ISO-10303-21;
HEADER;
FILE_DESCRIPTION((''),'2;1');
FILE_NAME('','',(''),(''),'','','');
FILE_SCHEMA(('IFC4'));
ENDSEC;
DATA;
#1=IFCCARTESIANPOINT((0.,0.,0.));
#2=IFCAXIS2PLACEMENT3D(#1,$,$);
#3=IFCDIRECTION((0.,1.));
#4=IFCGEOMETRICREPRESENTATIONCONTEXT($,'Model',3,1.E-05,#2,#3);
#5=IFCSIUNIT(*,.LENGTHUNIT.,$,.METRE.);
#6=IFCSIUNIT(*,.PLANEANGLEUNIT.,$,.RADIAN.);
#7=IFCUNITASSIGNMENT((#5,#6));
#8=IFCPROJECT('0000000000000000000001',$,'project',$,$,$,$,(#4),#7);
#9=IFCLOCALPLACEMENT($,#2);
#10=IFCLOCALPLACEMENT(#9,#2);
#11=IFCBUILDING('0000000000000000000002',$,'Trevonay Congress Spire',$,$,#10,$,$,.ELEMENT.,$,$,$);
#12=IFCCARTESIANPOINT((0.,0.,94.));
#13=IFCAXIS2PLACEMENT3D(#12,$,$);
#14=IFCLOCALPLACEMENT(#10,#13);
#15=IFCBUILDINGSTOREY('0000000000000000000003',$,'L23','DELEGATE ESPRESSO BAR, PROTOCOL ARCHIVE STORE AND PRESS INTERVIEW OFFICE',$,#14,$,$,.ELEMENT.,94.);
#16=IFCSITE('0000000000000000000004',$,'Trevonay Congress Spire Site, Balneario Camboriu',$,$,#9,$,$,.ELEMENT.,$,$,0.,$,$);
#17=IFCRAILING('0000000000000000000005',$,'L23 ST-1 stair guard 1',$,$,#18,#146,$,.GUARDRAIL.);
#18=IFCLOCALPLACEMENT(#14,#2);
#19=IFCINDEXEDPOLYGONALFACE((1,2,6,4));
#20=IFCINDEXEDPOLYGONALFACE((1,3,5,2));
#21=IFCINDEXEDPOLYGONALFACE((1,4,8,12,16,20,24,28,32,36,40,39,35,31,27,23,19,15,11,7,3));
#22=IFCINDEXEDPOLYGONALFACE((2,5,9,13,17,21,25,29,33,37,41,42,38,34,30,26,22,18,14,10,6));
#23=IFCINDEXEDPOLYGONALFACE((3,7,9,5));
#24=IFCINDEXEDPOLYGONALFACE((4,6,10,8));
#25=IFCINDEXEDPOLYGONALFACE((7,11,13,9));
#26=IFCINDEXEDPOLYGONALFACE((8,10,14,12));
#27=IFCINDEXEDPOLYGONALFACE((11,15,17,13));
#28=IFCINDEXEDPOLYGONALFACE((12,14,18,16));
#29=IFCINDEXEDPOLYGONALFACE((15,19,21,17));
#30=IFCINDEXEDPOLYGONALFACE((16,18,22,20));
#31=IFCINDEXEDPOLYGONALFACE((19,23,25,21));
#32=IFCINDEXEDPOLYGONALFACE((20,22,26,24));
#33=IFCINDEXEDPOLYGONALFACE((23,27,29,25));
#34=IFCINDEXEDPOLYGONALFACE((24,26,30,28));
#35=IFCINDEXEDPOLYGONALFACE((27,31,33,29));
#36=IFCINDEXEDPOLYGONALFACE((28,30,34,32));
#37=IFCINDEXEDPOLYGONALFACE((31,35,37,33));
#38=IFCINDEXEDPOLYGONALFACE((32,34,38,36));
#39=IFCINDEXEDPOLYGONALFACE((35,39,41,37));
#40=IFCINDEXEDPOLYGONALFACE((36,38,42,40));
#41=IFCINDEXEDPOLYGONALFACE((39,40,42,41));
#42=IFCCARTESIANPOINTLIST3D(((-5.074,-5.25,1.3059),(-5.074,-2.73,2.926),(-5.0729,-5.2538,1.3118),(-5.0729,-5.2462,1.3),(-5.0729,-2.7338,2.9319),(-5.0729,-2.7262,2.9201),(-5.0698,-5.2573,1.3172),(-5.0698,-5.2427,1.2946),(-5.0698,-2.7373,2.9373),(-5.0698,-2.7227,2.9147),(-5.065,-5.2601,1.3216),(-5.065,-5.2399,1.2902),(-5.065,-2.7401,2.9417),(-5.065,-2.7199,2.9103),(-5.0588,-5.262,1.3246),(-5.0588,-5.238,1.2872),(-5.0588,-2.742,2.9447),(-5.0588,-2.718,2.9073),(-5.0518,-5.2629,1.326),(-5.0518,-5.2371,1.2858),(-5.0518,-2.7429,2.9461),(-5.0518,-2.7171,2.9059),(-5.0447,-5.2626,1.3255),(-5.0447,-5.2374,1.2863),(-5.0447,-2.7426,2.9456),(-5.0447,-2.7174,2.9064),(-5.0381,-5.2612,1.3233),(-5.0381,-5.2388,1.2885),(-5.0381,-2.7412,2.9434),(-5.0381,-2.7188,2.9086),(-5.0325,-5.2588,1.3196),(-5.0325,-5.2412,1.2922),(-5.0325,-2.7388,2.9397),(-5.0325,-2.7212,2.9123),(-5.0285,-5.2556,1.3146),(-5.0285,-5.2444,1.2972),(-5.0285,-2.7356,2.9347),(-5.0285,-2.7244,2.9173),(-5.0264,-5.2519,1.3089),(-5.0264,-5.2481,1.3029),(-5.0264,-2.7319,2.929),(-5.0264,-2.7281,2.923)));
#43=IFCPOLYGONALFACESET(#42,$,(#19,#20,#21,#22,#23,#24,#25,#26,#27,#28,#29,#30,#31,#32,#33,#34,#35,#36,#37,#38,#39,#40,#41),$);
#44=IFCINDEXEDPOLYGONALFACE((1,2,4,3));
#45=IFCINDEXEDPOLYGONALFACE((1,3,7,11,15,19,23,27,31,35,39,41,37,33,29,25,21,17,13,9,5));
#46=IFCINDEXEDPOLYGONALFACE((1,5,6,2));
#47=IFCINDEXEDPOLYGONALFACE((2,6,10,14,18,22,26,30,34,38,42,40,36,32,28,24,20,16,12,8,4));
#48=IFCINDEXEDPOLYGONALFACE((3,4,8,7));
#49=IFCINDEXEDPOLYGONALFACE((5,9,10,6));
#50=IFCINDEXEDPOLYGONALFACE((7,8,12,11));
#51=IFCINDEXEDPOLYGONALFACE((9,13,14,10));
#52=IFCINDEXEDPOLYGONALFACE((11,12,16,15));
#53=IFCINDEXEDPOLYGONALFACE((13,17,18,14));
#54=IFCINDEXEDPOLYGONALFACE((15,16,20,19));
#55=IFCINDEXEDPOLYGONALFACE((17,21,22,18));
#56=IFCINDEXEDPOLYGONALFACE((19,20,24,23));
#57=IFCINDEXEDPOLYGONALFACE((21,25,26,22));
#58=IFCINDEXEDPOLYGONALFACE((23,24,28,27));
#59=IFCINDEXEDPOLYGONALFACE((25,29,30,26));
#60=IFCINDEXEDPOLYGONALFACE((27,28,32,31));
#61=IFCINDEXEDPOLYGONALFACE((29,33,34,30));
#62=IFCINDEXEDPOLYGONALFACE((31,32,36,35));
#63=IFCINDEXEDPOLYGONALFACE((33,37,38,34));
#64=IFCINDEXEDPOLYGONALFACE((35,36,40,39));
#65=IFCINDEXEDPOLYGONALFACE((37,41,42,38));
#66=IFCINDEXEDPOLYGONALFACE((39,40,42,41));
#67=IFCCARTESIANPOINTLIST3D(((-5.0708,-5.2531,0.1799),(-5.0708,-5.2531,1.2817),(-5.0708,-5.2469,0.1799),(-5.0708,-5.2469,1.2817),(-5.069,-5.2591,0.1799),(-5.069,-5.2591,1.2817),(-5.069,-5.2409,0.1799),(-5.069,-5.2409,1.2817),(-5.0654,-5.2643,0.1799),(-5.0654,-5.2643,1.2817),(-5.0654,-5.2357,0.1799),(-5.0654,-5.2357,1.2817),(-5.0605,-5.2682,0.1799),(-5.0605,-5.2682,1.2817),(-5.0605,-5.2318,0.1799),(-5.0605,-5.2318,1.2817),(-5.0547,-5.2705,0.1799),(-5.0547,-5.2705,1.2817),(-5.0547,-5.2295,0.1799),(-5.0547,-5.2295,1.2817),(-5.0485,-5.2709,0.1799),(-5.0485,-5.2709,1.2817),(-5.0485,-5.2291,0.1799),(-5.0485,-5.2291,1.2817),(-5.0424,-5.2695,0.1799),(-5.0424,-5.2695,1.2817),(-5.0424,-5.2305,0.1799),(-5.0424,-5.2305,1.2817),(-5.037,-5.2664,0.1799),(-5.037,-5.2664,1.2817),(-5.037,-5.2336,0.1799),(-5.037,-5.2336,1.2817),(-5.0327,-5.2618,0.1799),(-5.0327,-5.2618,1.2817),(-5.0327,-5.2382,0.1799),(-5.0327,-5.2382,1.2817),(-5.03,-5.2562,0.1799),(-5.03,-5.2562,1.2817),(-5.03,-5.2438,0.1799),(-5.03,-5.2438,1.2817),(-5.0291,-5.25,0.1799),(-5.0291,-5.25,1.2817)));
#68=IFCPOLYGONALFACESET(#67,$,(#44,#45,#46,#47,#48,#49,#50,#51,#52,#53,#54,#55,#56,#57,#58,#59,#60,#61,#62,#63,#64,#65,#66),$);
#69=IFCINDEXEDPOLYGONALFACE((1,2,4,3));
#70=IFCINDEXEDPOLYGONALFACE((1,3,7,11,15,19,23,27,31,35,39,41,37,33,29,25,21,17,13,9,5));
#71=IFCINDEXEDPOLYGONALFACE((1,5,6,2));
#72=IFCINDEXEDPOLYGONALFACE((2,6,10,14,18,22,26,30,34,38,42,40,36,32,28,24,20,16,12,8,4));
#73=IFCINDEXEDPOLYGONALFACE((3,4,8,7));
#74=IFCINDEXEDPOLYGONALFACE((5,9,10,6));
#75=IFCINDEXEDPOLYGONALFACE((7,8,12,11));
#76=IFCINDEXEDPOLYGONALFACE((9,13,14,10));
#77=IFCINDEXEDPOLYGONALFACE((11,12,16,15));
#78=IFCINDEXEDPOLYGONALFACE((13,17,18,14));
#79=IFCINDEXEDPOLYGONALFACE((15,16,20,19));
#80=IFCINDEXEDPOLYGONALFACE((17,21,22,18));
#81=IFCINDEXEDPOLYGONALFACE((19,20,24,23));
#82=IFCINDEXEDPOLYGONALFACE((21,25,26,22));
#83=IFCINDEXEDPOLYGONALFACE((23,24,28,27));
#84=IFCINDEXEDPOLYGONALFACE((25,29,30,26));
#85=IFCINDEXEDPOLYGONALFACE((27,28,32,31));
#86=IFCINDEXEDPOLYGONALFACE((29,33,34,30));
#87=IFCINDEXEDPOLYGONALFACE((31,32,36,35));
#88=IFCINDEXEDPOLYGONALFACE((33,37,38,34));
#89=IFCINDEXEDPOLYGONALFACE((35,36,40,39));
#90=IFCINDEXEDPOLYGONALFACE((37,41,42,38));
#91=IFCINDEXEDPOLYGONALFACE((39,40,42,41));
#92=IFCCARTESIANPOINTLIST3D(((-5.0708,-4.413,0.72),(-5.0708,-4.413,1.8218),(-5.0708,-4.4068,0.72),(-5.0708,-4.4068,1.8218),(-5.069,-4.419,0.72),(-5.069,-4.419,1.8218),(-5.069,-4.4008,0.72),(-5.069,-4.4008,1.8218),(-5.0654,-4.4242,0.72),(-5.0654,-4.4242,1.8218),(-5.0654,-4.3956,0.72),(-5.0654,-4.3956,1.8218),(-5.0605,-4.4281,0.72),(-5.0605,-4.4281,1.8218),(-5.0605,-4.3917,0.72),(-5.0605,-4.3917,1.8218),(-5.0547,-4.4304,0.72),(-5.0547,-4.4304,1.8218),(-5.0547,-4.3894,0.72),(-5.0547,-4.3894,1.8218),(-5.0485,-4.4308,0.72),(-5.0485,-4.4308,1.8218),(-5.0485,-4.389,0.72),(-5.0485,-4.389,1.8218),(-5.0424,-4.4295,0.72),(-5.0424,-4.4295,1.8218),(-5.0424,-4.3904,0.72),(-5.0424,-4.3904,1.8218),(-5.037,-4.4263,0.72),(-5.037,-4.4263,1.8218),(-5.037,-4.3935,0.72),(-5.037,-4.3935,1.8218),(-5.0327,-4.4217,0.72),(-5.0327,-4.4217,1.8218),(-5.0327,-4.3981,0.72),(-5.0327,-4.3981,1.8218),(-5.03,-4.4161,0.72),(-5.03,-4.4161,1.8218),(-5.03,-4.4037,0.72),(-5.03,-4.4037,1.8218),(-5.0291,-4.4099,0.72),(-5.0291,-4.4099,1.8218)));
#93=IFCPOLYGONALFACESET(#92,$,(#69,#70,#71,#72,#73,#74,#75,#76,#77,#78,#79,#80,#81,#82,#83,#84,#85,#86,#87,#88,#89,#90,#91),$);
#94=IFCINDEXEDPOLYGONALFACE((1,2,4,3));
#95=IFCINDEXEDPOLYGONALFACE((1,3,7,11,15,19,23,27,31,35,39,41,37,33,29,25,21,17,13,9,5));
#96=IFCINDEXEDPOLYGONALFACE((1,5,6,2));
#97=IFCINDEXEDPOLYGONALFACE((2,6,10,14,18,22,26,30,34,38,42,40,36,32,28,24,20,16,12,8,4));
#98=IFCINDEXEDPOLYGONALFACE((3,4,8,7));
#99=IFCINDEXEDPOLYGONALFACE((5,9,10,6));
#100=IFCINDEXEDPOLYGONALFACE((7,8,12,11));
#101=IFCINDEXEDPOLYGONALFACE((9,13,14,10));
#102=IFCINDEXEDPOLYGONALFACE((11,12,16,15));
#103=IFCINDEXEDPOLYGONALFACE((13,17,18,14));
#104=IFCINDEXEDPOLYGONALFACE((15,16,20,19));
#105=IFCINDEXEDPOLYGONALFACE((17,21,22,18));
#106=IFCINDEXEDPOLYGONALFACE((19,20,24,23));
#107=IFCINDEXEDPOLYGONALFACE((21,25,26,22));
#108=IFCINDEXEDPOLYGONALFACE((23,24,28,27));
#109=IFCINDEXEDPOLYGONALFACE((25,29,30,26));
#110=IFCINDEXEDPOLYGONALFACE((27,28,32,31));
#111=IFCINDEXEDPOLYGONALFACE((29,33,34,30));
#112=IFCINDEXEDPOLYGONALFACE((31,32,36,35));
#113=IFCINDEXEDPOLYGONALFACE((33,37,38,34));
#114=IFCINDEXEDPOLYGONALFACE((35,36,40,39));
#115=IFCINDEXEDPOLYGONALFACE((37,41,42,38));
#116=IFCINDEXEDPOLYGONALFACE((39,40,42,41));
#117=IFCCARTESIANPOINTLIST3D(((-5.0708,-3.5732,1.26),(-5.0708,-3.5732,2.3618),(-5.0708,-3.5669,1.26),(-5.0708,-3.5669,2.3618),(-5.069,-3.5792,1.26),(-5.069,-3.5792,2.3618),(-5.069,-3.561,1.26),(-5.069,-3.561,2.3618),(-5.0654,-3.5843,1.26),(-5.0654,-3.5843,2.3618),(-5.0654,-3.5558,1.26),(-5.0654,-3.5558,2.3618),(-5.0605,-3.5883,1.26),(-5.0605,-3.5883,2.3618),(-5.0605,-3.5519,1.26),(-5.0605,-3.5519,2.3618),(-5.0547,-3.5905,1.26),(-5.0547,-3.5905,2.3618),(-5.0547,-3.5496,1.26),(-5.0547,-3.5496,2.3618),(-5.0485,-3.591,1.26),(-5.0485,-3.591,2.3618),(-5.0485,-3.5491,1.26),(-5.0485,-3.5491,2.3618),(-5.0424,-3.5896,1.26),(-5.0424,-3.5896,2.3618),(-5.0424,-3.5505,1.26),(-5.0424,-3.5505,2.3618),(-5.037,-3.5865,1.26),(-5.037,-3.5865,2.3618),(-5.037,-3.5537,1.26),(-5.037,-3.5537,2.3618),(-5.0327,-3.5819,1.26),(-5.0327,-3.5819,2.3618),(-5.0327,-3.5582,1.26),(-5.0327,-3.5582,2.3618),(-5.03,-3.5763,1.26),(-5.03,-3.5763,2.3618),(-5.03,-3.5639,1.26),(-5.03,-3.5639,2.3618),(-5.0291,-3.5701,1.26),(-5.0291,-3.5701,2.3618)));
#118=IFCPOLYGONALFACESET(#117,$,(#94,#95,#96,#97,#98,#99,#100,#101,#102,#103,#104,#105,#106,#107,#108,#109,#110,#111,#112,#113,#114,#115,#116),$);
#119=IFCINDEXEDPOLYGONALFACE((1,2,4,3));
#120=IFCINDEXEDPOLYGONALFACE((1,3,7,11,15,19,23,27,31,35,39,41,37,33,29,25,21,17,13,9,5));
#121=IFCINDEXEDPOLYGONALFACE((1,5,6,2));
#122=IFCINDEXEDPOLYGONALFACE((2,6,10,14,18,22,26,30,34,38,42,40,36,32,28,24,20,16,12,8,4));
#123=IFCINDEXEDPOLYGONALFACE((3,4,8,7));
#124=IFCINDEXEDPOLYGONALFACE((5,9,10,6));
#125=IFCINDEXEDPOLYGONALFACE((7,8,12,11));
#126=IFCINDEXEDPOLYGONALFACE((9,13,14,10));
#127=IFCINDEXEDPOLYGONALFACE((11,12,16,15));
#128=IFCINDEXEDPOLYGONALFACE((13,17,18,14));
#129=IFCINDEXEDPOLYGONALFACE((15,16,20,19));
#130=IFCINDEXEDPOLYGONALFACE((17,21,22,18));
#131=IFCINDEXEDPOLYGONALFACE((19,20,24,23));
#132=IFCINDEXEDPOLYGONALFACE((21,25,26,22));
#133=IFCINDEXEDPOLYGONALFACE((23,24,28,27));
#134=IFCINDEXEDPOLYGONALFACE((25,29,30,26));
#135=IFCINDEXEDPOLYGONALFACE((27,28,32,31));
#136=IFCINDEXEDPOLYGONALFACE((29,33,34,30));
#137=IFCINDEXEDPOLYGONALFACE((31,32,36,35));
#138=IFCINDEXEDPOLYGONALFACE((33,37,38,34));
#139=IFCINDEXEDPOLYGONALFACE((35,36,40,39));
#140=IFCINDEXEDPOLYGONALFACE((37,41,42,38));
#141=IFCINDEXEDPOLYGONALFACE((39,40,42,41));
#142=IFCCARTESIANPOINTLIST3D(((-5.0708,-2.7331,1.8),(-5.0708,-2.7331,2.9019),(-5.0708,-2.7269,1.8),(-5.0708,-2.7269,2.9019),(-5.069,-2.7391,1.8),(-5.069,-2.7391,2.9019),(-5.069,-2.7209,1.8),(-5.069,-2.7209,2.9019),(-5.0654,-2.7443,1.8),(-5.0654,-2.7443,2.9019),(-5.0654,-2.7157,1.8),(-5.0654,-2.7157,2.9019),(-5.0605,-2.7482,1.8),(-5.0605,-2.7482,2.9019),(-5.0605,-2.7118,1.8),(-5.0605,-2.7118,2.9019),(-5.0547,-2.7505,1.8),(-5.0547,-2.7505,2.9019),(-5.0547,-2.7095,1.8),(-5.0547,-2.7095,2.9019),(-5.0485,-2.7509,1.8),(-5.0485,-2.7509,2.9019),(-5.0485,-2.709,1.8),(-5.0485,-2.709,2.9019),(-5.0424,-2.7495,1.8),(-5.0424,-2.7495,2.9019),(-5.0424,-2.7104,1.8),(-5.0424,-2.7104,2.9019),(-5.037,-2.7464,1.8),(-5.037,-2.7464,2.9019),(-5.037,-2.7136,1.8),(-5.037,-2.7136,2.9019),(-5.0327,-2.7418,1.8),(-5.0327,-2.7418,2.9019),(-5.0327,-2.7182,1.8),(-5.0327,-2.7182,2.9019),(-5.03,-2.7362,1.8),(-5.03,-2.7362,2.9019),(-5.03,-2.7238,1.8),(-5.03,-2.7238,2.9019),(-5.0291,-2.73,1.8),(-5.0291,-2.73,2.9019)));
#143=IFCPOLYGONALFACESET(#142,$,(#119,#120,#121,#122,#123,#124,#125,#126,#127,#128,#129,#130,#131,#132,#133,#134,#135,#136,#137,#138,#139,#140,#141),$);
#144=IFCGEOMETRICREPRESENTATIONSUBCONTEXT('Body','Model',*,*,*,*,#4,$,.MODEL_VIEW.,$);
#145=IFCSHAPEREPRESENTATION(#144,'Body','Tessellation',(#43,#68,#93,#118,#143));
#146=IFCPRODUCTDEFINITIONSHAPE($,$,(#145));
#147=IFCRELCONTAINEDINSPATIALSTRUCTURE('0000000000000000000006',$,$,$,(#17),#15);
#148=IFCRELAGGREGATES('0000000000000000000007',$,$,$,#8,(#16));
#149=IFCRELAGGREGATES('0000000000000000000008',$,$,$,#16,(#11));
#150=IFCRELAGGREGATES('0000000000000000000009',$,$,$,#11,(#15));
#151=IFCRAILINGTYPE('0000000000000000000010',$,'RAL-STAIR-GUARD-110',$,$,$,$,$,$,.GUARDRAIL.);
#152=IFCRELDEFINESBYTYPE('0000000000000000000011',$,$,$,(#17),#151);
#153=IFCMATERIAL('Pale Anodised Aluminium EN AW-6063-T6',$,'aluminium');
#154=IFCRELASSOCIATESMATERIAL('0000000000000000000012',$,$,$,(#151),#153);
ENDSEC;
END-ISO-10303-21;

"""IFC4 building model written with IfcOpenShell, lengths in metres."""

from ifc_helpers import new_model, si_unit, direction, frame, origin, origin_2d, place, context, subcontext, project, spatial, circle, extrude, material, type_object, element, save


model = new_model("IFC4")

# Units and contexts
model_context = context("Model", 3, precision=1e-05, world=origin(), true_north=direction((0.0, 1.0)))
body_context = subcontext(model_context, "Body", "Model", "MODEL_VIEW")
ifc_project = project(units=[si_unit("LENGTHUNIT", "METRE"), si_unit("PLANEANGLEUNIT", "RADIAN")], contexts=[model_context])

# Site, building, storey
site_placement = place(None, origin())
site = spatial("IfcSite", under=ifc_project, at=site_placement, Name="Trevonay Congress Spire Site, Balneario Camboriu", CompositionType="ELEMENT", RefElevation=0.0)
building_placement = place(site_placement, origin())
building = spatial("IfcBuilding", under=site, at=building_placement, Name="Trevonay Congress Spire", CompositionType="ELEMENT")
storey_placement = place(building_placement, frame((0.0, 0.0, 94.0)))
storey = spatial("IfcBuildingStorey", under=building, at=storey_placement, Name="L23", Description="DELEGATE ESPRESSO BAR, PROTOCOL ARCHIVE STORE AND PRESS INTERVIEW OFFICE", CompositionType="ELEMENT", Elevation=94.0)

# Shared definitions
ifc_material_1 = material(Name="Pale Anodised Aluminium EN AW-6063-T6", Category="aluminium")

# Railing
railing_type_1 = type_object("IfcRailingType", Name="RAL-STAIR-GUARD-110", PredefinedType="GUARDRAIL", material=ifc_material_1)
railing_1_placement = place(storey_placement, frame((-5.05, -5.25, 0.1799)))
element("IfcRailing", 1, at=railing_1_placement, inside=storey, type_object=railing_type_1, Name="L23 ST-1 stair guard 1", PredefinedType="GUARDRAIL", context=body_context, shape_type="SweptSolid", body=[
    extrude(circle(Radius=0.0239, at=origin_2d()), frame((0.0, 0.0, 1.126), z_axis=(0.0, 0.841163, 0.540782), x_axis=(-1.0, 0.0, 0.0)), (0.0, 0.0, 1.0), 2.9958),
    extrude(circle(Radius=0.021, at=origin_2d()), origin(), (0.0, 0.0, 1.0), 1.1018),
    extrude(circle(Radius=0.021, at=origin_2d()), frame((0.0, 0.8401, 0.54)), (0.0, 0.0, 1.0), 1.1018),
    extrude(circle(Radius=0.021, at=origin_2d()), frame((0.0, 1.6799, 1.0801)), (0.0, 0.0, 1.0), 1.1018),
    extrude(circle(Radius=0.021, at=origin_2d()), frame((0.0, 2.52, 1.6201)), (0.0, 0.0, 1.0), 1.1018),
])

save(model, "model.ifc")
